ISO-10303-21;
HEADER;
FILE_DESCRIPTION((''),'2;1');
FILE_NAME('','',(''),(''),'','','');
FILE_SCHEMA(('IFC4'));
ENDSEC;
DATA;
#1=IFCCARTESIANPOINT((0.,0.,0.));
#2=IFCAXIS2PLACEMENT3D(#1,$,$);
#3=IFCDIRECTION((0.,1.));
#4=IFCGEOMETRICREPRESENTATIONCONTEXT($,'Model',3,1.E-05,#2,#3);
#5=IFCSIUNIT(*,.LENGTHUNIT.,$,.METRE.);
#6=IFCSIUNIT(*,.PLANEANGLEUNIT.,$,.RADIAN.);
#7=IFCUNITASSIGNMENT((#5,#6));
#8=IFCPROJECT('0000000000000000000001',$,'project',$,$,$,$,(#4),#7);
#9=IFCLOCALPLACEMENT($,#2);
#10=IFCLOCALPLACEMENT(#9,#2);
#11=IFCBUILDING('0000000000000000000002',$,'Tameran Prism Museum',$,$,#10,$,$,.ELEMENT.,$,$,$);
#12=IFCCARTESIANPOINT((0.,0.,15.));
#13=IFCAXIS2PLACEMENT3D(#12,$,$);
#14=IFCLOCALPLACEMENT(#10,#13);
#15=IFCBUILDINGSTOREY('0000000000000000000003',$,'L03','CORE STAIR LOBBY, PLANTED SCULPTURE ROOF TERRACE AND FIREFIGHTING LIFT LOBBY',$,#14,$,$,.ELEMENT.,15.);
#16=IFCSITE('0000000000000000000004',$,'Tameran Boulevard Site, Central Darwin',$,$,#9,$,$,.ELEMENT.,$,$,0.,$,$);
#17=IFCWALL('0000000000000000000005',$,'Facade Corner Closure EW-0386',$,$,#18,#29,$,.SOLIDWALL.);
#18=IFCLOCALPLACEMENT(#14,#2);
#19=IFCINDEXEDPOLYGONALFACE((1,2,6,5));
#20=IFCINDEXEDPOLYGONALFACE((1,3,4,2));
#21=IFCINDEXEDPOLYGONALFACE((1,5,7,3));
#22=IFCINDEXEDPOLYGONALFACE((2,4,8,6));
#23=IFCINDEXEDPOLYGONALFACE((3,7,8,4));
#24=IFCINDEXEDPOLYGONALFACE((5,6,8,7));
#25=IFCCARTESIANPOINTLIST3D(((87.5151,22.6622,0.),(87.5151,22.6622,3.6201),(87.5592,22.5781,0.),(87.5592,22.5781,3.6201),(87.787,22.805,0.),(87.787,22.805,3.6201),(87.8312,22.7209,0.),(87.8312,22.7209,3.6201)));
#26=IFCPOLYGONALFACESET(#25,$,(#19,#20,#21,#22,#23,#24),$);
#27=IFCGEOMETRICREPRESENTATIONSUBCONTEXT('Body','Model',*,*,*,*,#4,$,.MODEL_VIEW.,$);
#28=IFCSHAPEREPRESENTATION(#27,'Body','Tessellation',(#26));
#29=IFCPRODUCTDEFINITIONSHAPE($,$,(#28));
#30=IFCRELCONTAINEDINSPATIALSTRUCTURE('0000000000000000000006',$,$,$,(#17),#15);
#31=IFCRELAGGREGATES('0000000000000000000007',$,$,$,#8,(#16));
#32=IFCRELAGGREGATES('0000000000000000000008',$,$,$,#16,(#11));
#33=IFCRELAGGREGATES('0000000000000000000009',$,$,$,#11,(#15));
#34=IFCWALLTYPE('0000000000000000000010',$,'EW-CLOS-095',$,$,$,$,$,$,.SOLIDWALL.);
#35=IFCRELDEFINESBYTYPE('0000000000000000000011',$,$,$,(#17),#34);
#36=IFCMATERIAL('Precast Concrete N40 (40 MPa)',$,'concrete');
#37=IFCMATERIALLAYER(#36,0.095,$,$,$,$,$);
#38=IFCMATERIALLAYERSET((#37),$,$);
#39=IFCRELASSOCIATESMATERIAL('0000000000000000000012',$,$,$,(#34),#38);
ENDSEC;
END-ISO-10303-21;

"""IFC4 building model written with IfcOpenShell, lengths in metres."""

from ifc_helpers import new_model, si_unit, direction, frame, frame_2d, origin, place, context, subcontext, project, spatial, rectangle, extrude, material, layer, layer_set, type_object, element, save


model = new_model("IFC4")

# Units and contexts
model_context = context("Model", 3, precision=1e-05, world=origin(), true_north=direction((0.0, 1.0)))
body_context = subcontext(model_context, "Body", "Model", "MODEL_VIEW")
ifc_project = project(units=[si_unit("LENGTHUNIT", "METRE"), si_unit("PLANEANGLEUNIT", "RADIAN")], contexts=[model_context])

# Site, building, storey
site_placement = place(None, origin())
site = spatial("IfcSite", under=ifc_project, at=site_placement, Name="Tameran Boulevard Site, Central Darwin", CompositionType="ELEMENT", RefElevation=0.0)
building_placement = place(site_placement, origin())
building = spatial("IfcBuilding", under=site, at=building_placement, Name="Tameran Prism Museum", CompositionType="ELEMENT")
storey_placement = place(building_placement, frame((0.0, 0.0, 15.0)))
storey = spatial("IfcBuildingStorey", under=building, at=storey_placement, Name="L03", Description="CORE STAIR LOBBY, PLANTED SCULPTURE ROOF TERRACE AND FIREFIGHTING LIFT LOBBY", CompositionType="ELEMENT", Elevation=15.0)

# Wall
ifc_material_1 = material(Name="Precast Concrete N40 (40 MPa)", Category="concrete")
ifc_layer_1 = layer(ifc_material_1, 0.095)
ifc_layer_set_1 = layer_set([ifc_layer_1])
wall_type = type_object("IfcWallType", Name="EW-CLOS-095", PredefinedType="SOLIDWALL", material=ifc_layer_set_1)
wall_1_placement = place(storey_placement, frame((87.8091, 22.7629, 0.0), z_axis=(0.0, 0.0, 1.0), x_axis=(-0.885349, -0.464927, 0.0)))
element("IfcWall", 1, at=wall_1_placement, inside=storey, type_object=wall_type, Name="Facade Corner Closure EW-0386", PredefinedType="SOLIDWALL", context=body_context, shape_type="SweptSolid", body=[
    extrude(rectangle(XDim=0.3071, YDim=0.095, at=frame_2d((0.1536, 0.0))), origin(), (0.0, 0.0, 1.0), 3.6201),
])

save(model, "model.ifc")
